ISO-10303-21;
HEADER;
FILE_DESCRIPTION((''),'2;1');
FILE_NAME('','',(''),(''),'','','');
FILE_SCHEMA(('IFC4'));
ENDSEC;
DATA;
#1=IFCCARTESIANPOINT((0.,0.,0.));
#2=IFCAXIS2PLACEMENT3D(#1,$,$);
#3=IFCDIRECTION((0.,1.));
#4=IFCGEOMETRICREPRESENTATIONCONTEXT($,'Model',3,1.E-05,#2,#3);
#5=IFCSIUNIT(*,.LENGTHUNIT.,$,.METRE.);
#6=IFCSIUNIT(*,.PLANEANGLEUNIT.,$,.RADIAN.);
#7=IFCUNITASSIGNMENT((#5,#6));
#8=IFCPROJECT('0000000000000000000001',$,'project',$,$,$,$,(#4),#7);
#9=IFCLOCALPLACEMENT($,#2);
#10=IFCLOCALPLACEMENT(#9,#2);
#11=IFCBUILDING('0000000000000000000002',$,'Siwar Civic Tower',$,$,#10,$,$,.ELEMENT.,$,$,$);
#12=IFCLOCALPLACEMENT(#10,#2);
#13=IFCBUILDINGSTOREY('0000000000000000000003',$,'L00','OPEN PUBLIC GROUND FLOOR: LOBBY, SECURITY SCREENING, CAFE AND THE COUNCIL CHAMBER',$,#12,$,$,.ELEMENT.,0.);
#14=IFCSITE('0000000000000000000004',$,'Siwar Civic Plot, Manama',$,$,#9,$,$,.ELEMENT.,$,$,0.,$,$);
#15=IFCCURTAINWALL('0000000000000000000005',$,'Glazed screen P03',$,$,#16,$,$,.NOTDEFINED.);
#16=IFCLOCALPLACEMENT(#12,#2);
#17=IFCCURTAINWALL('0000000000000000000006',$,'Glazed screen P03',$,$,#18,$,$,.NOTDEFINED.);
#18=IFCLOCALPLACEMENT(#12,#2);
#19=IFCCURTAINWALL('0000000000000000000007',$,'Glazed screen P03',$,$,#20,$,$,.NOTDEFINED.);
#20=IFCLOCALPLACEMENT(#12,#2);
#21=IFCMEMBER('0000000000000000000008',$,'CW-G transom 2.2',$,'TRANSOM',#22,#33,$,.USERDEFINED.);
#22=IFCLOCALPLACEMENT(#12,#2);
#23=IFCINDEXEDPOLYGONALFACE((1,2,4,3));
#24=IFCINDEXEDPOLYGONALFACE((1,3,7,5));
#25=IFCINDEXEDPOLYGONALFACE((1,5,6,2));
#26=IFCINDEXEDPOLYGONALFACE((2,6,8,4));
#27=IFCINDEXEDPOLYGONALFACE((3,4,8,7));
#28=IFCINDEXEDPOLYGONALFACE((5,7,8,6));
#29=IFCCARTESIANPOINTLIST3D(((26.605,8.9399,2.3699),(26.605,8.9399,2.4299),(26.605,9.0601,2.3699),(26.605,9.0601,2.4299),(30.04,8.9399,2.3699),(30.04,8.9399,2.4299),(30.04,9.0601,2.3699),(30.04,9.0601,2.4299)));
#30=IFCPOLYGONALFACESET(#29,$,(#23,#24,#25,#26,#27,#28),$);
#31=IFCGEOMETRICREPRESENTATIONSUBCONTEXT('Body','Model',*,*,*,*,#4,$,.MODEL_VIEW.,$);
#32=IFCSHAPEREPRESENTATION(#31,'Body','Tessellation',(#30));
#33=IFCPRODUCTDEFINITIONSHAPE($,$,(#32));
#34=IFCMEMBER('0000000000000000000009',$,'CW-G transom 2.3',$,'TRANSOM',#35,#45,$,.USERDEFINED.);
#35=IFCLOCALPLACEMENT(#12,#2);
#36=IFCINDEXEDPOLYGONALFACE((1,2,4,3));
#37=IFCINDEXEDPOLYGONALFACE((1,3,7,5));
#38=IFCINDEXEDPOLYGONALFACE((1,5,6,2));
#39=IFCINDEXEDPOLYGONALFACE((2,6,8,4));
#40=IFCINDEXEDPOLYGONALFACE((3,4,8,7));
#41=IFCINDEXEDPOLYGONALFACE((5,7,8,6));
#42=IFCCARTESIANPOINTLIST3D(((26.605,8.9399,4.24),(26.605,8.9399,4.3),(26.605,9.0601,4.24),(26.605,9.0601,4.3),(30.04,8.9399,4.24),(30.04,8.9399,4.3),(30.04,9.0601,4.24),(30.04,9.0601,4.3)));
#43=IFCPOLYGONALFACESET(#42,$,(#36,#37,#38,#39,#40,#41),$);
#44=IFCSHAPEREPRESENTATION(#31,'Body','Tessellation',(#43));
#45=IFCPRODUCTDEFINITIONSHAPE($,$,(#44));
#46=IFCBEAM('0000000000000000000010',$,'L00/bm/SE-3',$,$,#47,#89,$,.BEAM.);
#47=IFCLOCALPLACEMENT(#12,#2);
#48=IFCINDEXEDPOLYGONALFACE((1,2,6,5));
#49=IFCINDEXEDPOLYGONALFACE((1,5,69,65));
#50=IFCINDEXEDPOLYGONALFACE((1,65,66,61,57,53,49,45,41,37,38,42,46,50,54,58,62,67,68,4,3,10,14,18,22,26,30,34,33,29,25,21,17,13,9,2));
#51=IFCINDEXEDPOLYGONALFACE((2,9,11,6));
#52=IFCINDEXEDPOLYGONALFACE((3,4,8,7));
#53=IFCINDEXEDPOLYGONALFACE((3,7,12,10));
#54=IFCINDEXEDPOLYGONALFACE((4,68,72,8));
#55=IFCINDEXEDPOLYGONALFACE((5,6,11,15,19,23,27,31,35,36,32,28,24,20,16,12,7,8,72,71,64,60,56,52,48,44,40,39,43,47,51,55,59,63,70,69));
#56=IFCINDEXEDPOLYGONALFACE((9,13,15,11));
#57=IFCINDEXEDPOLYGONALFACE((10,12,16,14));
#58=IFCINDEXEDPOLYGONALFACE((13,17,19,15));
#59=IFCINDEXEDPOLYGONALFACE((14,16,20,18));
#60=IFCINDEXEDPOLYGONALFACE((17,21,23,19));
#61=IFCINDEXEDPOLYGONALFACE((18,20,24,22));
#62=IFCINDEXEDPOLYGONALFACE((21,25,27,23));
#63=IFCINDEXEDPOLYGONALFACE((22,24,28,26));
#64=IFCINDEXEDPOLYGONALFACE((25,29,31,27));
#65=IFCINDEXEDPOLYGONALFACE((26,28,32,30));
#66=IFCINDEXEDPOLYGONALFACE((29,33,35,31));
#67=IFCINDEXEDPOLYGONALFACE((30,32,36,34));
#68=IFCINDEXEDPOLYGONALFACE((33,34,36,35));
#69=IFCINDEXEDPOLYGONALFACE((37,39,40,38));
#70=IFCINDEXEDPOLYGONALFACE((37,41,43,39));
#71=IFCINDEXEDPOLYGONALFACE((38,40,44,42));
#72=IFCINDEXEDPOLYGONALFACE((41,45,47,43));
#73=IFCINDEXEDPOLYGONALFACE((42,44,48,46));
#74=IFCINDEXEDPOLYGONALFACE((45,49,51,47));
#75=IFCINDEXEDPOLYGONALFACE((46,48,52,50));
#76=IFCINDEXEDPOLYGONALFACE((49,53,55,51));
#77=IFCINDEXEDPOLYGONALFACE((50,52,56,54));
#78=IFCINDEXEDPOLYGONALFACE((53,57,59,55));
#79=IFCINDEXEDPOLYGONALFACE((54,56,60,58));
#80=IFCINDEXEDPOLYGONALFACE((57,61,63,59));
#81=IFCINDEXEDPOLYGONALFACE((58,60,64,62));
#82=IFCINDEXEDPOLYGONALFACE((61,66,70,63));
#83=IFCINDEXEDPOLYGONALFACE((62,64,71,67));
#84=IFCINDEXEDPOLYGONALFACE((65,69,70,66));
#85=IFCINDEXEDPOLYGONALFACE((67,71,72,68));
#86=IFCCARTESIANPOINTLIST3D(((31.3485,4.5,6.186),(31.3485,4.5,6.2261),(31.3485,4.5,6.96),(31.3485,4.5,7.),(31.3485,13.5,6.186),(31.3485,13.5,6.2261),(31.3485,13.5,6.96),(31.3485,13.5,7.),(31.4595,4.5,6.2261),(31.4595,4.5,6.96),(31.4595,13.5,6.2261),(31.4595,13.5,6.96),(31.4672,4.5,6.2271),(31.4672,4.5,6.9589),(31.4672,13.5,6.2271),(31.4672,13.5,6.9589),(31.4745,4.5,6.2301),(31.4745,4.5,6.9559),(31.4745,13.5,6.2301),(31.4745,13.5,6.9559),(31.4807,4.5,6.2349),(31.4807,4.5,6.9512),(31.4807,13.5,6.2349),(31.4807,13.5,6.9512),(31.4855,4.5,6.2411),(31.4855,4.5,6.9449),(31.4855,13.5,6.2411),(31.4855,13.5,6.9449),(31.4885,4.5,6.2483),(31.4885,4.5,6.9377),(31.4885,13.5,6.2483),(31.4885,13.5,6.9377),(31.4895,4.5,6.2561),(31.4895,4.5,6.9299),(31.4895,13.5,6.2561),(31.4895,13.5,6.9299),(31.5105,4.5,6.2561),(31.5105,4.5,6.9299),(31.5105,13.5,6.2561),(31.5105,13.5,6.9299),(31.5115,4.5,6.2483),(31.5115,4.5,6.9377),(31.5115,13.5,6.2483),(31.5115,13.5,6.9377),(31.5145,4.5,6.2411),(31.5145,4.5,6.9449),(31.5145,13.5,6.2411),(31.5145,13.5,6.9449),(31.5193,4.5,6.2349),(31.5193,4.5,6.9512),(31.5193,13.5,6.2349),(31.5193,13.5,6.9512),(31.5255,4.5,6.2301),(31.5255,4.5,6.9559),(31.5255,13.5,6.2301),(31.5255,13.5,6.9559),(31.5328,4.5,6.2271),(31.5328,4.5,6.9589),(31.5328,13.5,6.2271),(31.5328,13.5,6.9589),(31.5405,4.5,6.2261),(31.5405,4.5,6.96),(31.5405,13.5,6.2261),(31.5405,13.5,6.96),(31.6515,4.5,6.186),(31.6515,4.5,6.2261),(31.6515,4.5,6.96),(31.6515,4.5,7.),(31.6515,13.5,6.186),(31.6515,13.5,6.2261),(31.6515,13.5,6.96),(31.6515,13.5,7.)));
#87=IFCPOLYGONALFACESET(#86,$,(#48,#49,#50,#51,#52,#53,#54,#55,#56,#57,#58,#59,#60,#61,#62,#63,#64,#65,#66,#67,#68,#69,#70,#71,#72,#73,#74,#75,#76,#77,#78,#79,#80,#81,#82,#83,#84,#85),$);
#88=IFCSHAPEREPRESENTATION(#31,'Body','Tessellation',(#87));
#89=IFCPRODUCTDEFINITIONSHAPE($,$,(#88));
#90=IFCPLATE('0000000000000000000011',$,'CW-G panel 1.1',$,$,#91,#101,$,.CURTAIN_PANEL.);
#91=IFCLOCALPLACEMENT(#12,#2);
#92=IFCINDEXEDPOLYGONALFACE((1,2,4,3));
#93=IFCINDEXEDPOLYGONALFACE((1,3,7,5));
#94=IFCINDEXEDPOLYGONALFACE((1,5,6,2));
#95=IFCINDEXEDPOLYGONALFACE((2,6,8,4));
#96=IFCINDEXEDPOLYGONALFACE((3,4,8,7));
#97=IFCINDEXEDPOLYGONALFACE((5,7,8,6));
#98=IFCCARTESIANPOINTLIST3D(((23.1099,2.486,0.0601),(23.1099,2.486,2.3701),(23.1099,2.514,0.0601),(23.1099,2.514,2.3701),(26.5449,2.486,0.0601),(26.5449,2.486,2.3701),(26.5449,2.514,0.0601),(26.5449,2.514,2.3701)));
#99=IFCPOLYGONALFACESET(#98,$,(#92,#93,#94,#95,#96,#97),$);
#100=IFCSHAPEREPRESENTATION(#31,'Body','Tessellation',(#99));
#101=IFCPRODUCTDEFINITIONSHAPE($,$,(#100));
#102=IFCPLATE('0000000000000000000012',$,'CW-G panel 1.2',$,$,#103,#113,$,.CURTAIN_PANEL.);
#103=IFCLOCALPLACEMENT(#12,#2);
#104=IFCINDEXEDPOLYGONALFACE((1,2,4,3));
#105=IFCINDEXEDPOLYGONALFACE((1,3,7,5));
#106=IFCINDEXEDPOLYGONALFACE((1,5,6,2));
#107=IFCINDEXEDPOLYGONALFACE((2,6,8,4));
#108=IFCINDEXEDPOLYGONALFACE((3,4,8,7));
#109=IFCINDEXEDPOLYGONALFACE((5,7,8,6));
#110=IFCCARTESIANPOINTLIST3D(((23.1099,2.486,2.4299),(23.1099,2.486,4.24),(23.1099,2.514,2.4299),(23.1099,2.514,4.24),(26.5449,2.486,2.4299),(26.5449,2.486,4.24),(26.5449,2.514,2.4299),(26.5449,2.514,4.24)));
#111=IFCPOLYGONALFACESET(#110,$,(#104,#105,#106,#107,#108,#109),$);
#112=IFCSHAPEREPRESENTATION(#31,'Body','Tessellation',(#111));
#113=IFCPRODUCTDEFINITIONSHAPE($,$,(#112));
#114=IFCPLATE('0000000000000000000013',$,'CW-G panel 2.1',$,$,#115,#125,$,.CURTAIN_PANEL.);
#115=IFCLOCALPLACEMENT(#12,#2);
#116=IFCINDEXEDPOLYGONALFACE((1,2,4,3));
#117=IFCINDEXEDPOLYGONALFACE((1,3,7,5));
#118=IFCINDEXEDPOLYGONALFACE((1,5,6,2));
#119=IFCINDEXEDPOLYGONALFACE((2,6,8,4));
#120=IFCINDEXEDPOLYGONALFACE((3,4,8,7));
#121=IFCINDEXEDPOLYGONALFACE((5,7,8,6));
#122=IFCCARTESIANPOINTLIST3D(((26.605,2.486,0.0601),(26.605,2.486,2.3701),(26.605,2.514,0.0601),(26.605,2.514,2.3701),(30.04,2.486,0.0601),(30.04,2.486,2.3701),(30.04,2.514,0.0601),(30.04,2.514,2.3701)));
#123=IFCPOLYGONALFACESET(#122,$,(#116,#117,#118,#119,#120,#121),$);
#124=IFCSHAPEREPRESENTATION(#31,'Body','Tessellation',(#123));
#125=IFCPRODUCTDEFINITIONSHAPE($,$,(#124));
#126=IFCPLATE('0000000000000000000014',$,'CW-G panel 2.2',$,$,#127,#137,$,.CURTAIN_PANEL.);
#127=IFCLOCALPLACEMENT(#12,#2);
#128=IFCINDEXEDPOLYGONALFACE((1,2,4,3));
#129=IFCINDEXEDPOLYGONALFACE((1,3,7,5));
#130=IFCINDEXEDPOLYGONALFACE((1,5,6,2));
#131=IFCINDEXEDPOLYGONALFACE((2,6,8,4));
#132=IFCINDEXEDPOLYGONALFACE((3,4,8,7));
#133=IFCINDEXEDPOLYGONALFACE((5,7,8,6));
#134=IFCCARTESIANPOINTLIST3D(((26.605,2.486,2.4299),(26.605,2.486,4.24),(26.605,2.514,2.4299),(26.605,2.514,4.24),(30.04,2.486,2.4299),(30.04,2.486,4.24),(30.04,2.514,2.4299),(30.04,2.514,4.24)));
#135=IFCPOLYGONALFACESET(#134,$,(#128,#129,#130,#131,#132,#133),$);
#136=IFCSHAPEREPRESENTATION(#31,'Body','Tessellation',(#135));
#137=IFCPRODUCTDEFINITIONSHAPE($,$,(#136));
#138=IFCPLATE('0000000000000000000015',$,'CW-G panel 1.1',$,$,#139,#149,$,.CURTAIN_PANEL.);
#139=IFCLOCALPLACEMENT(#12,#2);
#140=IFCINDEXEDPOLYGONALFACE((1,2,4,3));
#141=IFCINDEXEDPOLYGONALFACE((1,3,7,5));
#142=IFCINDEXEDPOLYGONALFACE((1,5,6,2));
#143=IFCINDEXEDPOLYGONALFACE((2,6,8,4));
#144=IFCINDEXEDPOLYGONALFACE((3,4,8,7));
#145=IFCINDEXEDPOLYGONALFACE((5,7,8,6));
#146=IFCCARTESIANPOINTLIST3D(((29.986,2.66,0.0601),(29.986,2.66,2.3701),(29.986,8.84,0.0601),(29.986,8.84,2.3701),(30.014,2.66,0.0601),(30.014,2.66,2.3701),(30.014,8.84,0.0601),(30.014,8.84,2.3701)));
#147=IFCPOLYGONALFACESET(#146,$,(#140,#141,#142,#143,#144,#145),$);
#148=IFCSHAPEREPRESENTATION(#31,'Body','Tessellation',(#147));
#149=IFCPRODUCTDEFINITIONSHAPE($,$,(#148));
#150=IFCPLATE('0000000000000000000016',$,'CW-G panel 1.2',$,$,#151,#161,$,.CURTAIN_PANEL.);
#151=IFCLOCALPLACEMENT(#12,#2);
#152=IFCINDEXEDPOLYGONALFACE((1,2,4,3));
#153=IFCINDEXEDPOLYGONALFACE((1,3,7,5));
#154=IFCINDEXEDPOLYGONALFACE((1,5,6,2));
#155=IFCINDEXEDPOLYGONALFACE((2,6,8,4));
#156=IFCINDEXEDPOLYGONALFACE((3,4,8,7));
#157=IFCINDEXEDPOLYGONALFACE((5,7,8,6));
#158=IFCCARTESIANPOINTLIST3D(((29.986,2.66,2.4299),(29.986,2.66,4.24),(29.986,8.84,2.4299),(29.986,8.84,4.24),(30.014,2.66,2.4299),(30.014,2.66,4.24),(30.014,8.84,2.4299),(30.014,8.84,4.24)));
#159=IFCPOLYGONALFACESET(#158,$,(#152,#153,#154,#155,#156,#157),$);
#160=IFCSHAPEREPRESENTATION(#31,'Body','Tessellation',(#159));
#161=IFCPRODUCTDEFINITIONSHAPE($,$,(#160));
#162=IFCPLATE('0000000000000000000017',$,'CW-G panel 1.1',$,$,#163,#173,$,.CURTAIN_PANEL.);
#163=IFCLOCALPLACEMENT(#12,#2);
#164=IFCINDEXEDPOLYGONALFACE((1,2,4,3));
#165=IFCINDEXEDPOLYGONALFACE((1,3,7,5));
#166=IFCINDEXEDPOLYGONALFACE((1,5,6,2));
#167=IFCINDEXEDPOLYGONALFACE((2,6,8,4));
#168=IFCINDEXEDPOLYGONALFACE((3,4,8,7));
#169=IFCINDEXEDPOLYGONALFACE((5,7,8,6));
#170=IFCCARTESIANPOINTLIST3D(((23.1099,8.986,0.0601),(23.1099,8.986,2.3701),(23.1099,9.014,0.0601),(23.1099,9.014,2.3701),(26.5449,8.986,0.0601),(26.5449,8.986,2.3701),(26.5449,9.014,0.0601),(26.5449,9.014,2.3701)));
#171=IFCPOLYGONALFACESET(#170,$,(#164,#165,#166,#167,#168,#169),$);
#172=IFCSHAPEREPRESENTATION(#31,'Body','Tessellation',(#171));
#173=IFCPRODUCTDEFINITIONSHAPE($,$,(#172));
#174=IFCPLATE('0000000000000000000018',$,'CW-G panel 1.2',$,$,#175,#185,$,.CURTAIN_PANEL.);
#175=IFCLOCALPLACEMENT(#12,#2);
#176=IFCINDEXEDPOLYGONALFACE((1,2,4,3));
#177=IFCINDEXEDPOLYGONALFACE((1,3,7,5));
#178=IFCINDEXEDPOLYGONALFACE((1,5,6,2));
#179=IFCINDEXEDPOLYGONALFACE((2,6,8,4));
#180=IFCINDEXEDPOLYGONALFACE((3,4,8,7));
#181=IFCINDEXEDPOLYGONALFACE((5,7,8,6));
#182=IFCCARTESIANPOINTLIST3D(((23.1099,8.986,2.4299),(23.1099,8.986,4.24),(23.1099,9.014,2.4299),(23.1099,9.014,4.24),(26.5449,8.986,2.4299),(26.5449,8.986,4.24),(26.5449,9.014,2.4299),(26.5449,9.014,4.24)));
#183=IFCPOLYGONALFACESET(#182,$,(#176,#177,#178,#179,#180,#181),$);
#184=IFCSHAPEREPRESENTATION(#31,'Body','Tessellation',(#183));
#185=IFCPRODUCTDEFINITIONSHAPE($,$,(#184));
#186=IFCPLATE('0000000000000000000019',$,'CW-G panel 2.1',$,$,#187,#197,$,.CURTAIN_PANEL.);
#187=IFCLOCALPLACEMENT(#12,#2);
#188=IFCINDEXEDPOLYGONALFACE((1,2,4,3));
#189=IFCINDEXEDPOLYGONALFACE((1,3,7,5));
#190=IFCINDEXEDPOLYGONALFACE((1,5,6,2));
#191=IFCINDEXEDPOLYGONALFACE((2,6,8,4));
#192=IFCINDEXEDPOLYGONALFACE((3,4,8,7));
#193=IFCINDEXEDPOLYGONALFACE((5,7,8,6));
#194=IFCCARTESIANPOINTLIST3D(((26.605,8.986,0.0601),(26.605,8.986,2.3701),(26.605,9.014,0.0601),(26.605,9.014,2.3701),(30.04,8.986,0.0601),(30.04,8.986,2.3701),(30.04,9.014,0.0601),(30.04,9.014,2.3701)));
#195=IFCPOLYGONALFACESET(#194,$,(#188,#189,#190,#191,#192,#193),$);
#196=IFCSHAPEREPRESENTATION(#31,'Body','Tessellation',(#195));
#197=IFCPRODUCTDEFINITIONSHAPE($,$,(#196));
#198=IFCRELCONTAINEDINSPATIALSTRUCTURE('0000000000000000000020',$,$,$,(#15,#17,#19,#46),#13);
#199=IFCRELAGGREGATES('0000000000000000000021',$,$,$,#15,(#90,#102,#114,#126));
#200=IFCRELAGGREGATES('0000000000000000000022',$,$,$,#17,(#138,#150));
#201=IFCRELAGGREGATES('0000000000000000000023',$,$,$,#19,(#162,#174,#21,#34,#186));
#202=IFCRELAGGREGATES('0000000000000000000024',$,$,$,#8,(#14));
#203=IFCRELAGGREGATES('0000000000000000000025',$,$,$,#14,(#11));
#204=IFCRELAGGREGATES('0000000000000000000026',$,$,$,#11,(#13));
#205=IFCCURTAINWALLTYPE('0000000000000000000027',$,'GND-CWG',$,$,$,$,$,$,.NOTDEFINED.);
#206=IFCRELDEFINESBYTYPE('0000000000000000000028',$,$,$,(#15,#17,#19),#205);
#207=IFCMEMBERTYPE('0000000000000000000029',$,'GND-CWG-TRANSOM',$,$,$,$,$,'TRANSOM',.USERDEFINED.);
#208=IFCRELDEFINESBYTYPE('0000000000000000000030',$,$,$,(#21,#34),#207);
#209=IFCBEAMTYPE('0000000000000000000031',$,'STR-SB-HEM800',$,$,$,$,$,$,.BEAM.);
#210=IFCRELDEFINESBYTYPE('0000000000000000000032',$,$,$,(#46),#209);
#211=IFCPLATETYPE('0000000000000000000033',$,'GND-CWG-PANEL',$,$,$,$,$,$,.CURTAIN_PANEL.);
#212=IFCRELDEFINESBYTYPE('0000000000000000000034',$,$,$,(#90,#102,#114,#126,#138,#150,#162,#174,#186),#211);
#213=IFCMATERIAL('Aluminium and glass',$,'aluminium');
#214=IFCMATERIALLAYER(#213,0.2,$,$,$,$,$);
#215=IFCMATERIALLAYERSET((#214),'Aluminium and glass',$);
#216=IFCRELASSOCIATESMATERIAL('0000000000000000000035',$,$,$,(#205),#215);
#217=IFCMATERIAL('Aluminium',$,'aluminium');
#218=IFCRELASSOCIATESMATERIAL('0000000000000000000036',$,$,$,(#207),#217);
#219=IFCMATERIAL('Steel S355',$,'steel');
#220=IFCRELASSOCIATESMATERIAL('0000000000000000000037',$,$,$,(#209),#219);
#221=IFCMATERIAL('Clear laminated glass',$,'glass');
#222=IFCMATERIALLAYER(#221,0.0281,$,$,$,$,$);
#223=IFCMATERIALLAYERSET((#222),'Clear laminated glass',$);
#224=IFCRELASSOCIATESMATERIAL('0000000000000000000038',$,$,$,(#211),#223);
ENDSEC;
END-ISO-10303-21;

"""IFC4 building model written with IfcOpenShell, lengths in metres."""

from ifc_helpers import new_model, si_unit, direction, frame, origin, origin_2d, place, context, subcontext, project, spatial, rectangle, i_section, extrude, material, layer, layer_set, material_profile, profile_set, type_object, element, aggregate, save


model = new_model("IFC4")

# Units and contexts
model_context = context("Model", 3, precision=1e-05, world=origin(), true_north=direction((0.0, 1.0)))
body_context = subcontext(model_context, "Body", "Model", "MODEL_VIEW")
ifc_project = project(units=[si_unit("LENGTHUNIT", "METRE"), si_unit("PLANEANGLEUNIT", "RADIAN")], contexts=[model_context])

# Site, building, storey
site_placement = place(None, origin())
site = spatial("IfcSite", under=ifc_project, at=site_placement, Name="Siwar Civic Plot, Manama", CompositionType="ELEMENT", RefElevation=0.0)
building_placement = place(site_placement, origin())
building = spatial("IfcBuilding", under=site, at=building_placement, Name="Siwar Civic Tower", CompositionType="ELEMENT")
storey_placement = place(building_placement, origin())
storey = spatial("IfcBuildingStorey", under=building, at=storey_placement, Name="L00", Description="OPEN PUBLIC GROUND FLOOR: LOBBY, SECURITY SCREENING, CAFE AND THE COUNCIL CHAMBER", CompositionType="ELEMENT", Elevation=0.0)

# Curtain walls
ifc_material_1 = material(Name="Aluminium and glass", Category="aluminium")
ifc_layer_1 = layer(ifc_material_1, 0.2)
ifc_layer_set_1 = layer_set([ifc_layer_1], Name="Aluminium and glass")
curtain_wall_type = type_object("IfcCurtainWallType", Name="GND-CWG", PredefinedType="NOTDEFINED", material=ifc_layer_set_1)
curtain_wall_1_placement = place(storey_placement, origin())
curtain_wall_1 = element("IfcCurtainWall", 1, at=curtain_wall_1_placement, inside=storey, type_object=curtain_wall_type, Name="Glazed screen P03", PredefinedType="NOTDEFINED")
curtain_wall_2_placement = place(storey_placement, origin())
curtain_wall_2 = element("IfcCurtainWall", 2, at=curtain_wall_2_placement, inside=storey, type_object=curtain_wall_type, Name="Glazed screen P03", PredefinedType="NOTDEFINED")
curtain_wall_3_placement = place(storey_placement, origin())
curtain_wall_3 = element("IfcCurtainWall", 3, at=curtain_wall_3_placement, inside=storey, type_object=curtain_wall_type, Name="Glazed screen P03", PredefinedType="NOTDEFINED")

# Members
ifc_material_2 = material(Name="Aluminium", Category="aluminium")
ifc_material_profile_1 = material_profile(ifc_material_2, rectangle(XDim=0.1201, YDim=0.0601, at=origin_2d()), Name="AL 120x60")
ifc_profile_set_1 = profile_set([ifc_material_profile_1], Name="Aluminium")
member_type_1 = type_object("IfcMemberType", Name="GND-CWG-TRANSOM", ElementType="TRANSOM", PredefinedType="USERDEFINED", material=ifc_profile_set_1)
member_1_placement = place(storey_placement, frame((26.605, 9.0, 2.3999), z_axis=(1.0, 0.0, 0.0), x_axis=(0.0, 1.0, 0.0)))
member_1 = element("IfcMember", 4, at=member_1_placement, type_object=member_type_1, Name="CW-G transom 2.2", ObjectType="TRANSOM", PredefinedType="USERDEFINED", context=body_context, shape_type="SweptSolid", body=[
    extrude(rectangle(XDim=0.1201, YDim=0.0601, at=origin_2d()), origin(), (0.0, 0.0, 1.0), 3.4351),
])
member_2_placement = place(storey_placement, frame((26.605, 9.0, 4.27), z_axis=(1.0, 0.0, 0.0), x_axis=(0.0, 1.0, 0.0)))
member_2 = element("IfcMember", 5, at=member_2_placement, type_object=member_type_1, Name="CW-G transom 2.3", ObjectType="TRANSOM", PredefinedType="USERDEFINED", context=body_context, shape_type="SweptSolid", body=[
    extrude(rectangle(XDim=0.1201, YDim=0.0601, at=origin_2d()), origin(), (0.0, 0.0, 1.0), 3.4351),
])

# Beam
ifc_material_3 = material(Name="Steel S355", Category="steel")
ifc_material_profile_2 = material_profile(ifc_material_3, i_section(OverallWidth=0.303, OverallDepth=0.814, WebThickness=0.021, FlangeThickness=0.04, FilletRadius=0.03, at=origin_2d()), Name="HEM800")
ifc_profile_set_2 = profile_set([ifc_material_profile_2], Name="Steel S355")
beam_type = type_object("IfcBeamType", Name="STR-SB-HEM800", PredefinedType="BEAM", material=ifc_profile_set_2)
beam_placement = place(storey_placement, frame((31.5, 4.5, 6.593), z_axis=(0.0, 1.0, 0.0), x_axis=(-1.0, 0.0, 0.0)))
element("IfcBeam", 6, at=beam_placement, inside=storey, type_object=beam_type, Name="L00/bm/SE-3", PredefinedType="BEAM", context=body_context, shape_type="SweptSolid", body=[
    extrude(i_section(OverallWidth=0.303, OverallDepth=0.814, WebThickness=0.021, FlangeThickness=0.04, FilletRadius=0.03, at=origin_2d()), origin(), (0.0, 0.0, 1.0), 9.0),
])

# Plates
ifc_material_4 = material(Name="Clear laminated glass", Category="glass")
ifc_layer_2 = layer(ifc_material_4, 0.0281)
ifc_layer_set_2 = layer_set([ifc_layer_2], Name="Clear laminated glass")
plate_type = type_object("IfcPlateType", Name="GND-CWG-PANEL", PredefinedType="CURTAIN_PANEL", material=ifc_layer_set_2)
plate_1_placement = place(storey_placement, frame((24.8274, 2.5, 0.0601), z_axis=(0.0, 0.0, 1.0), x_axis=(1.0, 0.0, 0.0)))
plate_1 = element("IfcPlate", 7, at=plate_1_placement, type_object=plate_type, Name="CW-G panel 1.1", PredefinedType="CURTAIN_PANEL", context=body_context, shape_type="SweptSolid", body=[
    extrude(rectangle(XDim=3.4351, YDim=0.0281, at=origin_2d()), origin(), (0.0, 0.0, 1.0), 2.3101),
])
plate_2_placement = place(storey_placement, frame((24.8274, 2.5, 2.4299), z_axis=(0.0, 0.0, 1.0), x_axis=(1.0, 0.0, 0.0)))
plate_2 = element("IfcPlate", 8, at=plate_2_placement, type_object=plate_type, Name="CW-G panel 1.2", PredefinedType="CURTAIN_PANEL", context=body_context, shape_type="SweptSolid", body=[
    extrude(rectangle(XDim=3.4351, YDim=0.0281, at=origin_2d()), origin(), (0.0, 0.0, 1.0), 1.8101),
])
plate_3_placement = place(storey_placement, frame((28.3225, 2.5, 0.0601), z_axis=(0.0, 0.0, 1.0), x_axis=(1.0, 0.0, 0.0)))
plate_3 = element("IfcPlate", 9, at=plate_3_placement, type_object=plate_type, Name="CW-G panel 2.1", PredefinedType="CURTAIN_PANEL", context=body_context, shape_type="SweptSolid", body=[
    extrude(rectangle(XDim=3.4351, YDim=0.0281, at=origin_2d()), origin(), (0.0, 0.0, 1.0), 2.3101),
])
plate_4_placement = place(storey_placement, frame((28.3225, 2.5, 2.4299), z_axis=(0.0, 0.0, 1.0), x_axis=(1.0, 0.0, 0.0)))
plate_4 = element("IfcPlate", 10, at=plate_4_placement, type_object=plate_type, Name="CW-G panel 2.2", PredefinedType="CURTAIN_PANEL", context=body_context, shape_type="SweptSolid", body=[
    extrude(rectangle(XDim=3.4351, YDim=0.0281, at=origin_2d()), origin(), (0.0, 0.0, 1.0), 1.8101),
])
aggregate(curtain_wall_1, [plate_1, plate_2, plate_3, plate_4])
plate_5_placement = place(storey_placement, frame((30.0, 5.75, 0.0601), z_axis=(0.0, 0.0, 1.0), x_axis=(0.0, 1.0, 0.0)))
plate_5 = element("IfcPlate", 11, at=plate_5_placement, type_object=plate_type, Name="CW-G panel 1.1", PredefinedType="CURTAIN_PANEL", context=body_context, shape_type="SweptSolid", body=[
    extrude(rectangle(XDim=6.1799, YDim=0.0281, at=origin_2d()), origin(), (0.0, 0.0, 1.0), 2.3101),
])
plate_6_placement = place(storey_placement, frame((30.0, 5.75, 2.4299), z_axis=(0.0, 0.0, 1.0), x_axis=(0.0, 1.0, 0.0)))
plate_6 = element("IfcPlate", 12, at=plate_6_placement, type_object=plate_type, Name="CW-G panel 1.2", PredefinedType="CURTAIN_PANEL", context=body_context, shape_type="SweptSolid", body=[
    extrude(rectangle(XDim=6.1799, YDim=0.0281, at=origin_2d()), origin(), (0.0, 0.0, 1.0), 1.8101),
])
aggregate(curtain_wall_2, [plate_5, plate_6])
plate_7_placement = place(storey_placement, frame((24.8274, 9.0, 0.0601), z_axis=(0.0, 0.0, 1.0), x_axis=(1.0, 0.0, 0.0)))
plate_7 = element("IfcPlate", 13, at=plate_7_placement, type_object=plate_type, Name="CW-G panel 1.1", PredefinedType="CURTAIN_PANEL", context=body_context, shape_type="SweptSolid", body=[
    extrude(rectangle(XDim=3.4351, YDim=0.0281, at=origin_2d()), origin(), (0.0, 0.0, 1.0), 2.3101),
])
plate_8_placement = place(storey_placement, frame((24.8274, 9.0, 2.4299), z_axis=(0.0, 0.0, 1.0), x_axis=(1.0, 0.0, 0.0)))
plate_8 = element("IfcPlate", 14, at=plate_8_placement, type_object=plate_type, Name="CW-G panel 1.2", PredefinedType="CURTAIN_PANEL", context=body_context, shape_type="SweptSolid", body=[
    extrude(rectangle(XDim=3.4351, YDim=0.0281, at=origin_2d()), origin(), (0.0, 0.0, 1.0), 1.8101),
])
plate_9_placement = place(storey_placement, frame((28.3225, 9.0, 0.0601), z_axis=(0.0, 0.0, 1.0), x_axis=(1.0, 0.0, 0.0)))
plate_9 = element("IfcPlate", 15, at=plate_9_placement, type_object=plate_type, Name="CW-G panel 2.1", PredefinedType="CURTAIN_PANEL", context=body_context, shape_type="SweptSolid", body=[
    extrude(rectangle(XDim=3.4351, YDim=0.0281, at=origin_2d()), origin(), (0.0, 0.0, 1.0), 2.3101),
])
aggregate(curtain_wall_3, [plate_7, plate_8, member_1, member_2, plate_9])

save(model, "model.ifc")
